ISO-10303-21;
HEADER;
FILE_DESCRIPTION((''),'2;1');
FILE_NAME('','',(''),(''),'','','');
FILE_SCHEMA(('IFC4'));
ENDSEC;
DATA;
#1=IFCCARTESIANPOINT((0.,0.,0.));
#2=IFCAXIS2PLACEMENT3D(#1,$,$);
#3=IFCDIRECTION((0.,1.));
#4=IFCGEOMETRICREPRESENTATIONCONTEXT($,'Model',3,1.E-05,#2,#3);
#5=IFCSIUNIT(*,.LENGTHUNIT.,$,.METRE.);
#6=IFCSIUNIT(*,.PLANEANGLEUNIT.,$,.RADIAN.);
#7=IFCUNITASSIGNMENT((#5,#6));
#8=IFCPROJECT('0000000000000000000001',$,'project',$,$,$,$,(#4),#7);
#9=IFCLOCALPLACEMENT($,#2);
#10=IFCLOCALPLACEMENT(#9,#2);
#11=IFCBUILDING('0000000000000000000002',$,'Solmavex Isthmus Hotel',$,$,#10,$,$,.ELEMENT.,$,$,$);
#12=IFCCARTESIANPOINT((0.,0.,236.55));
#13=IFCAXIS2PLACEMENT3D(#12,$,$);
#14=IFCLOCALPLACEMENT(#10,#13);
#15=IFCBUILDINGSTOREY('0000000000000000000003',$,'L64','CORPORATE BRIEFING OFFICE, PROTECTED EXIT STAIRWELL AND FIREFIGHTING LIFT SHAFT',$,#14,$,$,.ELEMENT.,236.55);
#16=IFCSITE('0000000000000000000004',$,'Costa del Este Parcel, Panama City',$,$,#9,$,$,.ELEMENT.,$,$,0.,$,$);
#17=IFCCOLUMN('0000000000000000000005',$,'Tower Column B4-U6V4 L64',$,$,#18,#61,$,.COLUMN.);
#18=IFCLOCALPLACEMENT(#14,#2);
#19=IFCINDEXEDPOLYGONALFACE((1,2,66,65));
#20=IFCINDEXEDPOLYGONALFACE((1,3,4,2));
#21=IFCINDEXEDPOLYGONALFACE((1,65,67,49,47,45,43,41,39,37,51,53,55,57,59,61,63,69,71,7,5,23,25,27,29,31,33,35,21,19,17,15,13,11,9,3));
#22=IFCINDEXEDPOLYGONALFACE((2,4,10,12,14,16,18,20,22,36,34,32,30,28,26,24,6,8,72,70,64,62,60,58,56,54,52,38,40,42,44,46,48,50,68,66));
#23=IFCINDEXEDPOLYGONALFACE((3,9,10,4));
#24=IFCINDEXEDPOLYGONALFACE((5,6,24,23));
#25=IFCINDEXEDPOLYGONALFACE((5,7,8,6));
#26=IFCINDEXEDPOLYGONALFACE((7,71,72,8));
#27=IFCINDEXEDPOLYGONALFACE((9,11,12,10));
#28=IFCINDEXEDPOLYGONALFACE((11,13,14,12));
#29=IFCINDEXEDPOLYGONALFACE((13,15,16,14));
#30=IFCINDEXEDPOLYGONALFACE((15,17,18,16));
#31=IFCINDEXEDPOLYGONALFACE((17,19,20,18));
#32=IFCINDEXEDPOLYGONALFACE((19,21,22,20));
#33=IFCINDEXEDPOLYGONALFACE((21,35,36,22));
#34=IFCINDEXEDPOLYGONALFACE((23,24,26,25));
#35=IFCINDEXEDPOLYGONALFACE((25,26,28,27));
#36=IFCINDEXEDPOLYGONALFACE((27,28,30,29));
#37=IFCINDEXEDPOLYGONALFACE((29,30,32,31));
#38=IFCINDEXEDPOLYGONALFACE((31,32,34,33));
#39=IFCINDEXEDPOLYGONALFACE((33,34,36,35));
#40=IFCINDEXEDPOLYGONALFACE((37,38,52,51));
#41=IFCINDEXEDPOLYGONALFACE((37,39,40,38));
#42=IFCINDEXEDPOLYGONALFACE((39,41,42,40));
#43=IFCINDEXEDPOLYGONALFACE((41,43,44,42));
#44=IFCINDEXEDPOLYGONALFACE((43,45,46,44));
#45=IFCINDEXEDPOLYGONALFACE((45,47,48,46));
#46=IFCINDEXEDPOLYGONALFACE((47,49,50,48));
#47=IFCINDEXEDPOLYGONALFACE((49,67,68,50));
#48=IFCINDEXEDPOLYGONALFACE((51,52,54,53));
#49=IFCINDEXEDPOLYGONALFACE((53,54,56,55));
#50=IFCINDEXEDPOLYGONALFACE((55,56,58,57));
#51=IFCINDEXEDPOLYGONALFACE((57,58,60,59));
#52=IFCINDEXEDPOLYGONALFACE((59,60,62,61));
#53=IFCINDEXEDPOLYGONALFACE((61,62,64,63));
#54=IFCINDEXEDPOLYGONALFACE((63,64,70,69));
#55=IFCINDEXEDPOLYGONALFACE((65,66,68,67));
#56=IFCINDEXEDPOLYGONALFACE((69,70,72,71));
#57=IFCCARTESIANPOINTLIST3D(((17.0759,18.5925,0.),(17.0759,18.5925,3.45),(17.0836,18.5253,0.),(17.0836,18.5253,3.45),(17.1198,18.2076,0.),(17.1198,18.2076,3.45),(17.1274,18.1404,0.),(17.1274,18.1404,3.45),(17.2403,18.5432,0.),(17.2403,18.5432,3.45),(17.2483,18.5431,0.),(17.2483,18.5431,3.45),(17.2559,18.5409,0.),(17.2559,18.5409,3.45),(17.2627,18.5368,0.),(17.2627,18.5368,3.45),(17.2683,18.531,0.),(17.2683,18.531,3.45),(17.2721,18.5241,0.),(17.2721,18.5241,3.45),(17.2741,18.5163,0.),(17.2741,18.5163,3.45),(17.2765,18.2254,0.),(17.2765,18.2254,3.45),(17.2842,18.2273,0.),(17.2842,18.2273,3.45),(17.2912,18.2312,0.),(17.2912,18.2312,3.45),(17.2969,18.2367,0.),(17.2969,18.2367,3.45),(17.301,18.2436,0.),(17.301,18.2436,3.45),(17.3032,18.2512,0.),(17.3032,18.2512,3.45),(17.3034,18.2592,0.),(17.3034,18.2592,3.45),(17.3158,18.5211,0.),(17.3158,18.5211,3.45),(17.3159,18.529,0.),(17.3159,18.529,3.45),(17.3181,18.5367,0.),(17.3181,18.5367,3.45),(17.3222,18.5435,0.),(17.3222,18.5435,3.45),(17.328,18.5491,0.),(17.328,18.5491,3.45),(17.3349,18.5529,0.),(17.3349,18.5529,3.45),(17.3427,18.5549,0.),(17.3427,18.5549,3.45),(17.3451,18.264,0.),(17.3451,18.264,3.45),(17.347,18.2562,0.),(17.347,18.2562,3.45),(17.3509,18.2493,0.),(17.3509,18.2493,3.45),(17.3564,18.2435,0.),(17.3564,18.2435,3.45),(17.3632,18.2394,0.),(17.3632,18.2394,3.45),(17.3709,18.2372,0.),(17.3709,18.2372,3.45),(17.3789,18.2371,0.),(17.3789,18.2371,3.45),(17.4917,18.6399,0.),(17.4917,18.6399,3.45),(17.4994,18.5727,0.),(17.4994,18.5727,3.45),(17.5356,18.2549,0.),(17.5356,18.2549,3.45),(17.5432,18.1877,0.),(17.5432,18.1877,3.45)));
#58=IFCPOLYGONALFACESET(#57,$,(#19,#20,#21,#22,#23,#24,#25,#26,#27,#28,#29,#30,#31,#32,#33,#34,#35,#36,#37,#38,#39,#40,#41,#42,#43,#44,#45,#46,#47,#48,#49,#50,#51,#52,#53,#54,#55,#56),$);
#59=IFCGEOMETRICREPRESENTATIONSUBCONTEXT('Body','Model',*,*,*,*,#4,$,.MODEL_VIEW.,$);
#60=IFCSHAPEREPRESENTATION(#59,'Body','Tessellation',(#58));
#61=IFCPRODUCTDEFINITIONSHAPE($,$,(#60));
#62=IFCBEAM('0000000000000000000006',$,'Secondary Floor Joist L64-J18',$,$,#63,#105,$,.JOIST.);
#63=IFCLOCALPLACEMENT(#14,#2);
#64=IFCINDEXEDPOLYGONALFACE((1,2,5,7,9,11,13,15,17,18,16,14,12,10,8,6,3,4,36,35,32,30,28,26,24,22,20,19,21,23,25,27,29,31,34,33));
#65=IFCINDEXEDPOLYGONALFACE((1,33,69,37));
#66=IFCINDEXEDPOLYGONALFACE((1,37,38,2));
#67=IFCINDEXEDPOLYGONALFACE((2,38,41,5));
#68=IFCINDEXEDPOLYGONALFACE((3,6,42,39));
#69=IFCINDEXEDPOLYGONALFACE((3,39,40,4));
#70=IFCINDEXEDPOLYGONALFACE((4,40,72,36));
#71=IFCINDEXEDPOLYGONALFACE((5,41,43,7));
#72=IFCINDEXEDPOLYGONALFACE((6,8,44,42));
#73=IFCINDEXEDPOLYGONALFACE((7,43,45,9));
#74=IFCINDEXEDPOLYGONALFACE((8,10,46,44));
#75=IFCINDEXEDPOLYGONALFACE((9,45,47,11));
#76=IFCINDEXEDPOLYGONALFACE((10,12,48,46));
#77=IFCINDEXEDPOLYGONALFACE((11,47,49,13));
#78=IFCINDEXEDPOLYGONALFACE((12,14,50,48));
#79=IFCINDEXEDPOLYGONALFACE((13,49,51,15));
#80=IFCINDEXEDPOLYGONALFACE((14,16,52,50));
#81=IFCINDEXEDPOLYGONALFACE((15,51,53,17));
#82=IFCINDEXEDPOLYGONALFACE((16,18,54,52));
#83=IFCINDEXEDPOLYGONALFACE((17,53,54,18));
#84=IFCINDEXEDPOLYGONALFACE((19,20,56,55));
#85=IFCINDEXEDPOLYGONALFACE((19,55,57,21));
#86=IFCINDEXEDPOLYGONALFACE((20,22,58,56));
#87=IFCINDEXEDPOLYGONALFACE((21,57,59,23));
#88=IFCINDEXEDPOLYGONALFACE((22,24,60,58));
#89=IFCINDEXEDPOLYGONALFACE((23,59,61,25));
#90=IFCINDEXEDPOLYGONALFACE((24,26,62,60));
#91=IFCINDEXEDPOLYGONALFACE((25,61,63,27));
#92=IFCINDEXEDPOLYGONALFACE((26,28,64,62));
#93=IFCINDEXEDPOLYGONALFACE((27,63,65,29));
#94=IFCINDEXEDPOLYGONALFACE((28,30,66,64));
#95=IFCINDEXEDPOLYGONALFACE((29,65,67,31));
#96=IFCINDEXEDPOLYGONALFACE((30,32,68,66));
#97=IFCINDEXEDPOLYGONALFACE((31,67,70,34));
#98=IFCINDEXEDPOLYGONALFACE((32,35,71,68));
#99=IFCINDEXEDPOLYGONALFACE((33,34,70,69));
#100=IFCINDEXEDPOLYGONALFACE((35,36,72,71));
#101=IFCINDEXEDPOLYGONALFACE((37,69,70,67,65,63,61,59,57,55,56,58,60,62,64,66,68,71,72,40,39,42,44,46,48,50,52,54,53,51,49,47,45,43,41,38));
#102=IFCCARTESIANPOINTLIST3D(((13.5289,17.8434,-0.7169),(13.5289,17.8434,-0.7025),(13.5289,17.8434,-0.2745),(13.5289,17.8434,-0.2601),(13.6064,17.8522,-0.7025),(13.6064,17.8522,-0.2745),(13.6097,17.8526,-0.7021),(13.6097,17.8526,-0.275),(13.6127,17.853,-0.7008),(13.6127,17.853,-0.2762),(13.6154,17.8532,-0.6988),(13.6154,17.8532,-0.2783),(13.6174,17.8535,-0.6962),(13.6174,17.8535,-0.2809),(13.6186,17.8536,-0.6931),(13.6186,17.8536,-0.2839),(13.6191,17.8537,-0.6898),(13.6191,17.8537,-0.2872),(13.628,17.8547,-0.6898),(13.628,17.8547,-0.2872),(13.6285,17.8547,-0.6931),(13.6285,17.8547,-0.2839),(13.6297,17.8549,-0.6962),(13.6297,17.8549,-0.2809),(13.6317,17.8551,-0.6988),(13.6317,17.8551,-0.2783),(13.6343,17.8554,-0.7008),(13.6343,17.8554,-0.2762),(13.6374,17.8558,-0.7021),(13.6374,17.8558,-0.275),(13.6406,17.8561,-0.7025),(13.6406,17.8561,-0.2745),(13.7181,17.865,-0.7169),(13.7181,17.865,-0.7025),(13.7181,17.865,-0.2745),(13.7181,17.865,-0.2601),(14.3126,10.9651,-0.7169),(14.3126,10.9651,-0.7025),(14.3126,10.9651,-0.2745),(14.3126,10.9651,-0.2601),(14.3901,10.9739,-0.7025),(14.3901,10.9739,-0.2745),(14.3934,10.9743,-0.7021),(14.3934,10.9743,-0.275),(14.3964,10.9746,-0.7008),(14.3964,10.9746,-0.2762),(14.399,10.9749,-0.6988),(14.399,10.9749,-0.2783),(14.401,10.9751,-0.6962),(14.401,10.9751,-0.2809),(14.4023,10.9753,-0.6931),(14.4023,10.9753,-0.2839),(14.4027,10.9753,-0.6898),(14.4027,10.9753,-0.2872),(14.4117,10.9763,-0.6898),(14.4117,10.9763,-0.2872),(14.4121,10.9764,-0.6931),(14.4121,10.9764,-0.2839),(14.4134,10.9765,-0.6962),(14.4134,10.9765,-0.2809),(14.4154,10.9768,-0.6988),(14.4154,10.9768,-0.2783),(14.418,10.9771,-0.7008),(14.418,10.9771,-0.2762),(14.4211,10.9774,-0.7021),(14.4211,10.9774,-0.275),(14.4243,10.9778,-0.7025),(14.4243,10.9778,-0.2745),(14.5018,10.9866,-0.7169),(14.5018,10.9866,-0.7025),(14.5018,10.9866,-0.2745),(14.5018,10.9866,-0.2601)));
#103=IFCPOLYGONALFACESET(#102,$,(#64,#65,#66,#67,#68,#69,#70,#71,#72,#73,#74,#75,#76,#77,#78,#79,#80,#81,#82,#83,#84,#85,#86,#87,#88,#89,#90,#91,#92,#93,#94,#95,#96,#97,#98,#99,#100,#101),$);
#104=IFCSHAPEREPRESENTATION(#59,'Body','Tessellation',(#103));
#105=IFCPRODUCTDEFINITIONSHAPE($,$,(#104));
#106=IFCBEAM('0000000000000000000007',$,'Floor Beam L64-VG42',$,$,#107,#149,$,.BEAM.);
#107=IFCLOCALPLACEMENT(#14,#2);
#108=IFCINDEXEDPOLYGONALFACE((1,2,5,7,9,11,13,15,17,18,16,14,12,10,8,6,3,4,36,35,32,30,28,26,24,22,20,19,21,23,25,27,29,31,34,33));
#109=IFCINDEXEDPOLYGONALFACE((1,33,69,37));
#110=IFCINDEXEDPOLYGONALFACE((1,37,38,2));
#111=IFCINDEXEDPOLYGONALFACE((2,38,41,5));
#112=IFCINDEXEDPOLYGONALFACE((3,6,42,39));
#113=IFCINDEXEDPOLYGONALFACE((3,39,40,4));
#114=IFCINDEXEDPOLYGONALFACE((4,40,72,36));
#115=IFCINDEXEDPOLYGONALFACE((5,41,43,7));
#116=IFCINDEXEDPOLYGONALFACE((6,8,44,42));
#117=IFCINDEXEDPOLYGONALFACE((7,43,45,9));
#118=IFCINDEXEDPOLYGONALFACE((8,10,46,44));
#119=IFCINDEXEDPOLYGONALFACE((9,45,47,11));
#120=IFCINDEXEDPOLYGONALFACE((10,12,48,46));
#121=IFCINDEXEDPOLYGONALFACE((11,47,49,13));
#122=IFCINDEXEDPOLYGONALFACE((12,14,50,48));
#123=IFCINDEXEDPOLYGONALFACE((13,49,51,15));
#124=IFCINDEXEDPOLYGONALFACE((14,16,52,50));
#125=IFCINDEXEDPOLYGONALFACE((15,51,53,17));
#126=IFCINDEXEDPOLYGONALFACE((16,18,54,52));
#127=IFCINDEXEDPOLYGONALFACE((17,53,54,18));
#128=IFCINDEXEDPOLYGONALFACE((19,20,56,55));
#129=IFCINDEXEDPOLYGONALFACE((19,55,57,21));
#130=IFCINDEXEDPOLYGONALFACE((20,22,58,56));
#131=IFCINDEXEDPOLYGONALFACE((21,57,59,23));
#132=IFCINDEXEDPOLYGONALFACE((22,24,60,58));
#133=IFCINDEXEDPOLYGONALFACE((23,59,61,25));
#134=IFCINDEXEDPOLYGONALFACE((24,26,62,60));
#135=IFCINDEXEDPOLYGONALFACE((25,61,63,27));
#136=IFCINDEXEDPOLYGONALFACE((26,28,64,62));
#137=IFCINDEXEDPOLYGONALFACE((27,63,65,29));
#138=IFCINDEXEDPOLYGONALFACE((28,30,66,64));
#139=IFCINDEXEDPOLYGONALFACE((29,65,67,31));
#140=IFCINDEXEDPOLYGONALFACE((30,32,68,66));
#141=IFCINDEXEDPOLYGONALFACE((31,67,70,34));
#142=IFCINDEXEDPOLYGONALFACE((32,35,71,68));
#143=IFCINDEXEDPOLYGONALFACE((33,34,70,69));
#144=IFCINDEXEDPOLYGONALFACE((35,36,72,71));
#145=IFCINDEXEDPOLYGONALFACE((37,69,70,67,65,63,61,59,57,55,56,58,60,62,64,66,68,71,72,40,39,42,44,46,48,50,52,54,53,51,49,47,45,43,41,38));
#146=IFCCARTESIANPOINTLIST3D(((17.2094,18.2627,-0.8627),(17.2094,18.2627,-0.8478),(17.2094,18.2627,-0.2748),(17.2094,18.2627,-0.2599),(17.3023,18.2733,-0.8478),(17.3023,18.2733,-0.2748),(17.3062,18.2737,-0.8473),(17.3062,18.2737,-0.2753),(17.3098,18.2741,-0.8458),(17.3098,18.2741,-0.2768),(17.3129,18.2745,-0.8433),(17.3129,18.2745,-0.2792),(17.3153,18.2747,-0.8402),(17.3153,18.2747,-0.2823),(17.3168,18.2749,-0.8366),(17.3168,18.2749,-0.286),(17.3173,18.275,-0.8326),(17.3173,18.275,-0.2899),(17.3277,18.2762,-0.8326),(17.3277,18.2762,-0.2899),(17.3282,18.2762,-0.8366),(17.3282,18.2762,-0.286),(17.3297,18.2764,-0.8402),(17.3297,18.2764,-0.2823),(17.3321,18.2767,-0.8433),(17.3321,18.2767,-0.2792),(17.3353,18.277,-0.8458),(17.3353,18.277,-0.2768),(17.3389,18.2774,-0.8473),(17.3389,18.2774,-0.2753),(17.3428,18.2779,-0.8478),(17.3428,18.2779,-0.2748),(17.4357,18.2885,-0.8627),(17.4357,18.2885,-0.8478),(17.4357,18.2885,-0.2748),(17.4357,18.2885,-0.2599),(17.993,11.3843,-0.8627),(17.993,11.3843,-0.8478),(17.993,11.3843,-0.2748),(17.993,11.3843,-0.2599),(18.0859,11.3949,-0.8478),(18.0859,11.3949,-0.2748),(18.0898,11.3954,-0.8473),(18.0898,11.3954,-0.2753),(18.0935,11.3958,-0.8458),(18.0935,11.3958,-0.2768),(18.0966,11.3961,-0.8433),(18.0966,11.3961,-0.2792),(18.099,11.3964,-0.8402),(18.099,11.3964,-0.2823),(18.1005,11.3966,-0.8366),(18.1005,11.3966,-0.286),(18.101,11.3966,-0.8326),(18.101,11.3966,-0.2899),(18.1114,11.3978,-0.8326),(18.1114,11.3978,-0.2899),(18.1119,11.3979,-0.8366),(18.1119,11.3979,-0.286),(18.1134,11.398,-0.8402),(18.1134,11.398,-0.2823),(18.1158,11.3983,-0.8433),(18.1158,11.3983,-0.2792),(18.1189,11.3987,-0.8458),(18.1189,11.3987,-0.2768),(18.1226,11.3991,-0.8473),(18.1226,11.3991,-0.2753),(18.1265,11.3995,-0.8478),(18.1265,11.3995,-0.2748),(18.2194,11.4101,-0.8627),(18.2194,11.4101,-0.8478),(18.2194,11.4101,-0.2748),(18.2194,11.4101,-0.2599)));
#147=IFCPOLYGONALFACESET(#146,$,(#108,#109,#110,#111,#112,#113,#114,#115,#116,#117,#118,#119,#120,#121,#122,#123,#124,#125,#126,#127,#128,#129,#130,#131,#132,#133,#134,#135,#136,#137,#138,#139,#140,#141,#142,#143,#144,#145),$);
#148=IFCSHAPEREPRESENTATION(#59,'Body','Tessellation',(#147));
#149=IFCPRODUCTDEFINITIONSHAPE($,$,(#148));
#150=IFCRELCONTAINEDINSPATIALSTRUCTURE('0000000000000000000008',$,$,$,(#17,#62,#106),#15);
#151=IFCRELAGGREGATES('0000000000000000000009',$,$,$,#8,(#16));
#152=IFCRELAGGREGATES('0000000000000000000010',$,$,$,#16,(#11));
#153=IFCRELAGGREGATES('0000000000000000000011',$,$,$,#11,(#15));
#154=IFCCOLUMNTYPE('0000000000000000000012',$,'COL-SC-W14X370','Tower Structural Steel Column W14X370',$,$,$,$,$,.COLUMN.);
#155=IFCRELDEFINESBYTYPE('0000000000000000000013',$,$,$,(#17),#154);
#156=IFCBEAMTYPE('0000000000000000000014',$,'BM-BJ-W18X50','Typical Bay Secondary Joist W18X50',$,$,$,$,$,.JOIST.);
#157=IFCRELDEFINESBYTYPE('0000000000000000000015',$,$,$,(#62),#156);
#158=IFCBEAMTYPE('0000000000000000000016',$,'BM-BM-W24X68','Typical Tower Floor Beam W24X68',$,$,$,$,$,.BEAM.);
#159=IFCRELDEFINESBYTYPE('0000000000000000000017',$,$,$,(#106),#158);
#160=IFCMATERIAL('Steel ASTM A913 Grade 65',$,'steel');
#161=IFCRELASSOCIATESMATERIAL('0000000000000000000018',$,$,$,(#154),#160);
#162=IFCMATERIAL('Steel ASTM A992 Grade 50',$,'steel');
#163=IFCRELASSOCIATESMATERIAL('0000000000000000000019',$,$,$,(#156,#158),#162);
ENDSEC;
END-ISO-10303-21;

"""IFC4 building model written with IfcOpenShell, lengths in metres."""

from ifc_helpers import new_model, si_unit, direction, frame, origin, origin_2d, place, context, subcontext, project, spatial, i_section, extrude, material, material_profile, profile_set, type_object, element, save


model = new_model("IFC4")

# Units and contexts
model_context = context("Model", 3, precision=1e-05, world=origin(), true_north=direction((0.0, 1.0)))
body_context = subcontext(model_context, "Body", "Model", "MODEL_VIEW")
ifc_project = project(units=[si_unit("LENGTHUNIT", "METRE"), si_unit("PLANEANGLEUNIT", "RADIAN")], contexts=[model_context])

# Site, building, storey
site_placement = place(None, origin())
site = spatial("IfcSite", under=ifc_project, at=site_placement, Name="Costa del Este Parcel, Panama City", CompositionType="ELEMENT", RefElevation=0.0)
building_placement = place(site_placement, origin())
building = spatial("IfcBuilding", under=site, at=building_placement, Name="Solmavex Isthmus Hotel", CompositionType="ELEMENT")
storey_placement = place(building_placement, frame((0.0, 0.0, 236.55)))
storey = spatial("IfcBuildingStorey", under=building, at=storey_placement, Name="L64", Description="CORPORATE BRIEFING OFFICE, PROTECTED EXIT STAIRWELL AND FIREFIGHTING LIFT SHAFT", CompositionType="ELEMENT", Elevation=236.55)

# Column
ifc_material_1 = material(Name="Steel ASTM A913 Grade 65", Category="steel")
ifc_material_profile_1 = material_profile(ifc_material_1, i_section(OverallWidth=0.4185, OverallDepth=0.4551, WebThickness=0.042, FlangeThickness=0.0676, FilletRadius=0.0305, at=origin_2d()), Name="W14X370")
ifc_profile_set_1 = profile_set([ifc_material_profile_1], Name="Steel ASTM A913 Grade 65")
column_type = type_object("IfcColumnType", Name="COL-SC-W14X370", Description="Tower Structural Steel Column W14X370", PredefinedType="COLUMN", material=ifc_profile_set_1)
column_placement = place(storey_placement, frame((17.3096, 18.3901, 0.0), z_axis=(0.0, 0.0, 1.0), x_axis=(0.993572, 0.113203, 0.0)))
element("IfcColumn", 1, at=column_placement, inside=storey, type_object=column_type, Name="Tower Column B4-U6V4 L64", PredefinedType="COLUMN", context=body_context, shape_type="SweptSolid", body=[
    extrude(i_section(OverallWidth=0.4185, OverallDepth=0.4551, WebThickness=0.042, FlangeThickness=0.0676, FilletRadius=0.0305, at=origin_2d()), origin(), (0.0, 0.0, 1.0), 3.45),
])

# Beams
ifc_material_2 = material(Name="Steel ASTM A992 Grade 50", Category="steel")
ifc_material_profile_2 = material_profile(ifc_material_2, i_section(OverallWidth=0.1904, OverallDepth=0.4568, WebThickness=0.009, FlangeThickness=0.0144, FilletRadius=0.0127, at=origin_2d()), Name="W18X50")
ifc_profile_set_2 = profile_set([ifc_material_profile_2], Name="Steel ASTM A992 Grade 50")
beam_type_1 = type_object("IfcBeamType", Name="BM-BJ-W18X50", Description="Typical Bay Secondary Joist W18X50", PredefinedType="JOIST", material=ifc_profile_set_2)
beam_1_placement = place(storey_placement, frame((14.4072, 10.9758, -0.4885), z_axis=(-0.113202, 0.993572, 0.0), x_axis=(-0.993572, -0.113202, 0.0)))
element("IfcBeam", 2, at=beam_1_placement, inside=storey, type_object=beam_type_1, Name="Secondary Floor Joist L64-J18", PredefinedType="JOIST", context=body_context, shape_type="SweptSolid", body=[
    extrude(i_section(OverallWidth=0.1904, OverallDepth=0.4568, WebThickness=0.009, FlangeThickness=0.0144, FilletRadius=0.0127, at=origin_2d()), origin(), (0.0, 0.0, 1.0), 6.9229),
])
ifc_material_profile_3 = material_profile(ifc_material_2, i_section(OverallWidth=0.2278, OverallDepth=0.6028, WebThickness=0.0105, FlangeThickness=0.0149, FilletRadius=0.0151, at=origin_2d()), Name="W24X68")
ifc_profile_set_3 = profile_set([ifc_material_profile_3], Name="Steel ASTM A992 Grade 50")
beam_type_2 = type_object("IfcBeamType", Name="BM-BM-W24X68", Description="Typical Tower Floor Beam W24X68", PredefinedType="BEAM", material=ifc_profile_set_3)
beam_2_placement = place(storey_placement, frame((18.1062, 11.3972, -0.5613), z_axis=(-0.113202, 0.993572, 0.0), x_axis=(-0.993572, -0.113202, 0.0)))
element("IfcBeam", 3, at=beam_2_placement, inside=storey, type_object=beam_type_2, Name="Floor Beam L64-VG42", PredefinedType="BEAM", context=body_context, shape_type="SweptSolid", body=[
    extrude(i_section(OverallWidth=0.2278, OverallDepth=0.6028, WebThickness=0.0105, FlangeThickness=0.0149, FilletRadius=0.0151, at=origin_2d()), origin(), (0.0, 0.0, 1.0), 6.9229),
])

save(model, "model.ifc")
